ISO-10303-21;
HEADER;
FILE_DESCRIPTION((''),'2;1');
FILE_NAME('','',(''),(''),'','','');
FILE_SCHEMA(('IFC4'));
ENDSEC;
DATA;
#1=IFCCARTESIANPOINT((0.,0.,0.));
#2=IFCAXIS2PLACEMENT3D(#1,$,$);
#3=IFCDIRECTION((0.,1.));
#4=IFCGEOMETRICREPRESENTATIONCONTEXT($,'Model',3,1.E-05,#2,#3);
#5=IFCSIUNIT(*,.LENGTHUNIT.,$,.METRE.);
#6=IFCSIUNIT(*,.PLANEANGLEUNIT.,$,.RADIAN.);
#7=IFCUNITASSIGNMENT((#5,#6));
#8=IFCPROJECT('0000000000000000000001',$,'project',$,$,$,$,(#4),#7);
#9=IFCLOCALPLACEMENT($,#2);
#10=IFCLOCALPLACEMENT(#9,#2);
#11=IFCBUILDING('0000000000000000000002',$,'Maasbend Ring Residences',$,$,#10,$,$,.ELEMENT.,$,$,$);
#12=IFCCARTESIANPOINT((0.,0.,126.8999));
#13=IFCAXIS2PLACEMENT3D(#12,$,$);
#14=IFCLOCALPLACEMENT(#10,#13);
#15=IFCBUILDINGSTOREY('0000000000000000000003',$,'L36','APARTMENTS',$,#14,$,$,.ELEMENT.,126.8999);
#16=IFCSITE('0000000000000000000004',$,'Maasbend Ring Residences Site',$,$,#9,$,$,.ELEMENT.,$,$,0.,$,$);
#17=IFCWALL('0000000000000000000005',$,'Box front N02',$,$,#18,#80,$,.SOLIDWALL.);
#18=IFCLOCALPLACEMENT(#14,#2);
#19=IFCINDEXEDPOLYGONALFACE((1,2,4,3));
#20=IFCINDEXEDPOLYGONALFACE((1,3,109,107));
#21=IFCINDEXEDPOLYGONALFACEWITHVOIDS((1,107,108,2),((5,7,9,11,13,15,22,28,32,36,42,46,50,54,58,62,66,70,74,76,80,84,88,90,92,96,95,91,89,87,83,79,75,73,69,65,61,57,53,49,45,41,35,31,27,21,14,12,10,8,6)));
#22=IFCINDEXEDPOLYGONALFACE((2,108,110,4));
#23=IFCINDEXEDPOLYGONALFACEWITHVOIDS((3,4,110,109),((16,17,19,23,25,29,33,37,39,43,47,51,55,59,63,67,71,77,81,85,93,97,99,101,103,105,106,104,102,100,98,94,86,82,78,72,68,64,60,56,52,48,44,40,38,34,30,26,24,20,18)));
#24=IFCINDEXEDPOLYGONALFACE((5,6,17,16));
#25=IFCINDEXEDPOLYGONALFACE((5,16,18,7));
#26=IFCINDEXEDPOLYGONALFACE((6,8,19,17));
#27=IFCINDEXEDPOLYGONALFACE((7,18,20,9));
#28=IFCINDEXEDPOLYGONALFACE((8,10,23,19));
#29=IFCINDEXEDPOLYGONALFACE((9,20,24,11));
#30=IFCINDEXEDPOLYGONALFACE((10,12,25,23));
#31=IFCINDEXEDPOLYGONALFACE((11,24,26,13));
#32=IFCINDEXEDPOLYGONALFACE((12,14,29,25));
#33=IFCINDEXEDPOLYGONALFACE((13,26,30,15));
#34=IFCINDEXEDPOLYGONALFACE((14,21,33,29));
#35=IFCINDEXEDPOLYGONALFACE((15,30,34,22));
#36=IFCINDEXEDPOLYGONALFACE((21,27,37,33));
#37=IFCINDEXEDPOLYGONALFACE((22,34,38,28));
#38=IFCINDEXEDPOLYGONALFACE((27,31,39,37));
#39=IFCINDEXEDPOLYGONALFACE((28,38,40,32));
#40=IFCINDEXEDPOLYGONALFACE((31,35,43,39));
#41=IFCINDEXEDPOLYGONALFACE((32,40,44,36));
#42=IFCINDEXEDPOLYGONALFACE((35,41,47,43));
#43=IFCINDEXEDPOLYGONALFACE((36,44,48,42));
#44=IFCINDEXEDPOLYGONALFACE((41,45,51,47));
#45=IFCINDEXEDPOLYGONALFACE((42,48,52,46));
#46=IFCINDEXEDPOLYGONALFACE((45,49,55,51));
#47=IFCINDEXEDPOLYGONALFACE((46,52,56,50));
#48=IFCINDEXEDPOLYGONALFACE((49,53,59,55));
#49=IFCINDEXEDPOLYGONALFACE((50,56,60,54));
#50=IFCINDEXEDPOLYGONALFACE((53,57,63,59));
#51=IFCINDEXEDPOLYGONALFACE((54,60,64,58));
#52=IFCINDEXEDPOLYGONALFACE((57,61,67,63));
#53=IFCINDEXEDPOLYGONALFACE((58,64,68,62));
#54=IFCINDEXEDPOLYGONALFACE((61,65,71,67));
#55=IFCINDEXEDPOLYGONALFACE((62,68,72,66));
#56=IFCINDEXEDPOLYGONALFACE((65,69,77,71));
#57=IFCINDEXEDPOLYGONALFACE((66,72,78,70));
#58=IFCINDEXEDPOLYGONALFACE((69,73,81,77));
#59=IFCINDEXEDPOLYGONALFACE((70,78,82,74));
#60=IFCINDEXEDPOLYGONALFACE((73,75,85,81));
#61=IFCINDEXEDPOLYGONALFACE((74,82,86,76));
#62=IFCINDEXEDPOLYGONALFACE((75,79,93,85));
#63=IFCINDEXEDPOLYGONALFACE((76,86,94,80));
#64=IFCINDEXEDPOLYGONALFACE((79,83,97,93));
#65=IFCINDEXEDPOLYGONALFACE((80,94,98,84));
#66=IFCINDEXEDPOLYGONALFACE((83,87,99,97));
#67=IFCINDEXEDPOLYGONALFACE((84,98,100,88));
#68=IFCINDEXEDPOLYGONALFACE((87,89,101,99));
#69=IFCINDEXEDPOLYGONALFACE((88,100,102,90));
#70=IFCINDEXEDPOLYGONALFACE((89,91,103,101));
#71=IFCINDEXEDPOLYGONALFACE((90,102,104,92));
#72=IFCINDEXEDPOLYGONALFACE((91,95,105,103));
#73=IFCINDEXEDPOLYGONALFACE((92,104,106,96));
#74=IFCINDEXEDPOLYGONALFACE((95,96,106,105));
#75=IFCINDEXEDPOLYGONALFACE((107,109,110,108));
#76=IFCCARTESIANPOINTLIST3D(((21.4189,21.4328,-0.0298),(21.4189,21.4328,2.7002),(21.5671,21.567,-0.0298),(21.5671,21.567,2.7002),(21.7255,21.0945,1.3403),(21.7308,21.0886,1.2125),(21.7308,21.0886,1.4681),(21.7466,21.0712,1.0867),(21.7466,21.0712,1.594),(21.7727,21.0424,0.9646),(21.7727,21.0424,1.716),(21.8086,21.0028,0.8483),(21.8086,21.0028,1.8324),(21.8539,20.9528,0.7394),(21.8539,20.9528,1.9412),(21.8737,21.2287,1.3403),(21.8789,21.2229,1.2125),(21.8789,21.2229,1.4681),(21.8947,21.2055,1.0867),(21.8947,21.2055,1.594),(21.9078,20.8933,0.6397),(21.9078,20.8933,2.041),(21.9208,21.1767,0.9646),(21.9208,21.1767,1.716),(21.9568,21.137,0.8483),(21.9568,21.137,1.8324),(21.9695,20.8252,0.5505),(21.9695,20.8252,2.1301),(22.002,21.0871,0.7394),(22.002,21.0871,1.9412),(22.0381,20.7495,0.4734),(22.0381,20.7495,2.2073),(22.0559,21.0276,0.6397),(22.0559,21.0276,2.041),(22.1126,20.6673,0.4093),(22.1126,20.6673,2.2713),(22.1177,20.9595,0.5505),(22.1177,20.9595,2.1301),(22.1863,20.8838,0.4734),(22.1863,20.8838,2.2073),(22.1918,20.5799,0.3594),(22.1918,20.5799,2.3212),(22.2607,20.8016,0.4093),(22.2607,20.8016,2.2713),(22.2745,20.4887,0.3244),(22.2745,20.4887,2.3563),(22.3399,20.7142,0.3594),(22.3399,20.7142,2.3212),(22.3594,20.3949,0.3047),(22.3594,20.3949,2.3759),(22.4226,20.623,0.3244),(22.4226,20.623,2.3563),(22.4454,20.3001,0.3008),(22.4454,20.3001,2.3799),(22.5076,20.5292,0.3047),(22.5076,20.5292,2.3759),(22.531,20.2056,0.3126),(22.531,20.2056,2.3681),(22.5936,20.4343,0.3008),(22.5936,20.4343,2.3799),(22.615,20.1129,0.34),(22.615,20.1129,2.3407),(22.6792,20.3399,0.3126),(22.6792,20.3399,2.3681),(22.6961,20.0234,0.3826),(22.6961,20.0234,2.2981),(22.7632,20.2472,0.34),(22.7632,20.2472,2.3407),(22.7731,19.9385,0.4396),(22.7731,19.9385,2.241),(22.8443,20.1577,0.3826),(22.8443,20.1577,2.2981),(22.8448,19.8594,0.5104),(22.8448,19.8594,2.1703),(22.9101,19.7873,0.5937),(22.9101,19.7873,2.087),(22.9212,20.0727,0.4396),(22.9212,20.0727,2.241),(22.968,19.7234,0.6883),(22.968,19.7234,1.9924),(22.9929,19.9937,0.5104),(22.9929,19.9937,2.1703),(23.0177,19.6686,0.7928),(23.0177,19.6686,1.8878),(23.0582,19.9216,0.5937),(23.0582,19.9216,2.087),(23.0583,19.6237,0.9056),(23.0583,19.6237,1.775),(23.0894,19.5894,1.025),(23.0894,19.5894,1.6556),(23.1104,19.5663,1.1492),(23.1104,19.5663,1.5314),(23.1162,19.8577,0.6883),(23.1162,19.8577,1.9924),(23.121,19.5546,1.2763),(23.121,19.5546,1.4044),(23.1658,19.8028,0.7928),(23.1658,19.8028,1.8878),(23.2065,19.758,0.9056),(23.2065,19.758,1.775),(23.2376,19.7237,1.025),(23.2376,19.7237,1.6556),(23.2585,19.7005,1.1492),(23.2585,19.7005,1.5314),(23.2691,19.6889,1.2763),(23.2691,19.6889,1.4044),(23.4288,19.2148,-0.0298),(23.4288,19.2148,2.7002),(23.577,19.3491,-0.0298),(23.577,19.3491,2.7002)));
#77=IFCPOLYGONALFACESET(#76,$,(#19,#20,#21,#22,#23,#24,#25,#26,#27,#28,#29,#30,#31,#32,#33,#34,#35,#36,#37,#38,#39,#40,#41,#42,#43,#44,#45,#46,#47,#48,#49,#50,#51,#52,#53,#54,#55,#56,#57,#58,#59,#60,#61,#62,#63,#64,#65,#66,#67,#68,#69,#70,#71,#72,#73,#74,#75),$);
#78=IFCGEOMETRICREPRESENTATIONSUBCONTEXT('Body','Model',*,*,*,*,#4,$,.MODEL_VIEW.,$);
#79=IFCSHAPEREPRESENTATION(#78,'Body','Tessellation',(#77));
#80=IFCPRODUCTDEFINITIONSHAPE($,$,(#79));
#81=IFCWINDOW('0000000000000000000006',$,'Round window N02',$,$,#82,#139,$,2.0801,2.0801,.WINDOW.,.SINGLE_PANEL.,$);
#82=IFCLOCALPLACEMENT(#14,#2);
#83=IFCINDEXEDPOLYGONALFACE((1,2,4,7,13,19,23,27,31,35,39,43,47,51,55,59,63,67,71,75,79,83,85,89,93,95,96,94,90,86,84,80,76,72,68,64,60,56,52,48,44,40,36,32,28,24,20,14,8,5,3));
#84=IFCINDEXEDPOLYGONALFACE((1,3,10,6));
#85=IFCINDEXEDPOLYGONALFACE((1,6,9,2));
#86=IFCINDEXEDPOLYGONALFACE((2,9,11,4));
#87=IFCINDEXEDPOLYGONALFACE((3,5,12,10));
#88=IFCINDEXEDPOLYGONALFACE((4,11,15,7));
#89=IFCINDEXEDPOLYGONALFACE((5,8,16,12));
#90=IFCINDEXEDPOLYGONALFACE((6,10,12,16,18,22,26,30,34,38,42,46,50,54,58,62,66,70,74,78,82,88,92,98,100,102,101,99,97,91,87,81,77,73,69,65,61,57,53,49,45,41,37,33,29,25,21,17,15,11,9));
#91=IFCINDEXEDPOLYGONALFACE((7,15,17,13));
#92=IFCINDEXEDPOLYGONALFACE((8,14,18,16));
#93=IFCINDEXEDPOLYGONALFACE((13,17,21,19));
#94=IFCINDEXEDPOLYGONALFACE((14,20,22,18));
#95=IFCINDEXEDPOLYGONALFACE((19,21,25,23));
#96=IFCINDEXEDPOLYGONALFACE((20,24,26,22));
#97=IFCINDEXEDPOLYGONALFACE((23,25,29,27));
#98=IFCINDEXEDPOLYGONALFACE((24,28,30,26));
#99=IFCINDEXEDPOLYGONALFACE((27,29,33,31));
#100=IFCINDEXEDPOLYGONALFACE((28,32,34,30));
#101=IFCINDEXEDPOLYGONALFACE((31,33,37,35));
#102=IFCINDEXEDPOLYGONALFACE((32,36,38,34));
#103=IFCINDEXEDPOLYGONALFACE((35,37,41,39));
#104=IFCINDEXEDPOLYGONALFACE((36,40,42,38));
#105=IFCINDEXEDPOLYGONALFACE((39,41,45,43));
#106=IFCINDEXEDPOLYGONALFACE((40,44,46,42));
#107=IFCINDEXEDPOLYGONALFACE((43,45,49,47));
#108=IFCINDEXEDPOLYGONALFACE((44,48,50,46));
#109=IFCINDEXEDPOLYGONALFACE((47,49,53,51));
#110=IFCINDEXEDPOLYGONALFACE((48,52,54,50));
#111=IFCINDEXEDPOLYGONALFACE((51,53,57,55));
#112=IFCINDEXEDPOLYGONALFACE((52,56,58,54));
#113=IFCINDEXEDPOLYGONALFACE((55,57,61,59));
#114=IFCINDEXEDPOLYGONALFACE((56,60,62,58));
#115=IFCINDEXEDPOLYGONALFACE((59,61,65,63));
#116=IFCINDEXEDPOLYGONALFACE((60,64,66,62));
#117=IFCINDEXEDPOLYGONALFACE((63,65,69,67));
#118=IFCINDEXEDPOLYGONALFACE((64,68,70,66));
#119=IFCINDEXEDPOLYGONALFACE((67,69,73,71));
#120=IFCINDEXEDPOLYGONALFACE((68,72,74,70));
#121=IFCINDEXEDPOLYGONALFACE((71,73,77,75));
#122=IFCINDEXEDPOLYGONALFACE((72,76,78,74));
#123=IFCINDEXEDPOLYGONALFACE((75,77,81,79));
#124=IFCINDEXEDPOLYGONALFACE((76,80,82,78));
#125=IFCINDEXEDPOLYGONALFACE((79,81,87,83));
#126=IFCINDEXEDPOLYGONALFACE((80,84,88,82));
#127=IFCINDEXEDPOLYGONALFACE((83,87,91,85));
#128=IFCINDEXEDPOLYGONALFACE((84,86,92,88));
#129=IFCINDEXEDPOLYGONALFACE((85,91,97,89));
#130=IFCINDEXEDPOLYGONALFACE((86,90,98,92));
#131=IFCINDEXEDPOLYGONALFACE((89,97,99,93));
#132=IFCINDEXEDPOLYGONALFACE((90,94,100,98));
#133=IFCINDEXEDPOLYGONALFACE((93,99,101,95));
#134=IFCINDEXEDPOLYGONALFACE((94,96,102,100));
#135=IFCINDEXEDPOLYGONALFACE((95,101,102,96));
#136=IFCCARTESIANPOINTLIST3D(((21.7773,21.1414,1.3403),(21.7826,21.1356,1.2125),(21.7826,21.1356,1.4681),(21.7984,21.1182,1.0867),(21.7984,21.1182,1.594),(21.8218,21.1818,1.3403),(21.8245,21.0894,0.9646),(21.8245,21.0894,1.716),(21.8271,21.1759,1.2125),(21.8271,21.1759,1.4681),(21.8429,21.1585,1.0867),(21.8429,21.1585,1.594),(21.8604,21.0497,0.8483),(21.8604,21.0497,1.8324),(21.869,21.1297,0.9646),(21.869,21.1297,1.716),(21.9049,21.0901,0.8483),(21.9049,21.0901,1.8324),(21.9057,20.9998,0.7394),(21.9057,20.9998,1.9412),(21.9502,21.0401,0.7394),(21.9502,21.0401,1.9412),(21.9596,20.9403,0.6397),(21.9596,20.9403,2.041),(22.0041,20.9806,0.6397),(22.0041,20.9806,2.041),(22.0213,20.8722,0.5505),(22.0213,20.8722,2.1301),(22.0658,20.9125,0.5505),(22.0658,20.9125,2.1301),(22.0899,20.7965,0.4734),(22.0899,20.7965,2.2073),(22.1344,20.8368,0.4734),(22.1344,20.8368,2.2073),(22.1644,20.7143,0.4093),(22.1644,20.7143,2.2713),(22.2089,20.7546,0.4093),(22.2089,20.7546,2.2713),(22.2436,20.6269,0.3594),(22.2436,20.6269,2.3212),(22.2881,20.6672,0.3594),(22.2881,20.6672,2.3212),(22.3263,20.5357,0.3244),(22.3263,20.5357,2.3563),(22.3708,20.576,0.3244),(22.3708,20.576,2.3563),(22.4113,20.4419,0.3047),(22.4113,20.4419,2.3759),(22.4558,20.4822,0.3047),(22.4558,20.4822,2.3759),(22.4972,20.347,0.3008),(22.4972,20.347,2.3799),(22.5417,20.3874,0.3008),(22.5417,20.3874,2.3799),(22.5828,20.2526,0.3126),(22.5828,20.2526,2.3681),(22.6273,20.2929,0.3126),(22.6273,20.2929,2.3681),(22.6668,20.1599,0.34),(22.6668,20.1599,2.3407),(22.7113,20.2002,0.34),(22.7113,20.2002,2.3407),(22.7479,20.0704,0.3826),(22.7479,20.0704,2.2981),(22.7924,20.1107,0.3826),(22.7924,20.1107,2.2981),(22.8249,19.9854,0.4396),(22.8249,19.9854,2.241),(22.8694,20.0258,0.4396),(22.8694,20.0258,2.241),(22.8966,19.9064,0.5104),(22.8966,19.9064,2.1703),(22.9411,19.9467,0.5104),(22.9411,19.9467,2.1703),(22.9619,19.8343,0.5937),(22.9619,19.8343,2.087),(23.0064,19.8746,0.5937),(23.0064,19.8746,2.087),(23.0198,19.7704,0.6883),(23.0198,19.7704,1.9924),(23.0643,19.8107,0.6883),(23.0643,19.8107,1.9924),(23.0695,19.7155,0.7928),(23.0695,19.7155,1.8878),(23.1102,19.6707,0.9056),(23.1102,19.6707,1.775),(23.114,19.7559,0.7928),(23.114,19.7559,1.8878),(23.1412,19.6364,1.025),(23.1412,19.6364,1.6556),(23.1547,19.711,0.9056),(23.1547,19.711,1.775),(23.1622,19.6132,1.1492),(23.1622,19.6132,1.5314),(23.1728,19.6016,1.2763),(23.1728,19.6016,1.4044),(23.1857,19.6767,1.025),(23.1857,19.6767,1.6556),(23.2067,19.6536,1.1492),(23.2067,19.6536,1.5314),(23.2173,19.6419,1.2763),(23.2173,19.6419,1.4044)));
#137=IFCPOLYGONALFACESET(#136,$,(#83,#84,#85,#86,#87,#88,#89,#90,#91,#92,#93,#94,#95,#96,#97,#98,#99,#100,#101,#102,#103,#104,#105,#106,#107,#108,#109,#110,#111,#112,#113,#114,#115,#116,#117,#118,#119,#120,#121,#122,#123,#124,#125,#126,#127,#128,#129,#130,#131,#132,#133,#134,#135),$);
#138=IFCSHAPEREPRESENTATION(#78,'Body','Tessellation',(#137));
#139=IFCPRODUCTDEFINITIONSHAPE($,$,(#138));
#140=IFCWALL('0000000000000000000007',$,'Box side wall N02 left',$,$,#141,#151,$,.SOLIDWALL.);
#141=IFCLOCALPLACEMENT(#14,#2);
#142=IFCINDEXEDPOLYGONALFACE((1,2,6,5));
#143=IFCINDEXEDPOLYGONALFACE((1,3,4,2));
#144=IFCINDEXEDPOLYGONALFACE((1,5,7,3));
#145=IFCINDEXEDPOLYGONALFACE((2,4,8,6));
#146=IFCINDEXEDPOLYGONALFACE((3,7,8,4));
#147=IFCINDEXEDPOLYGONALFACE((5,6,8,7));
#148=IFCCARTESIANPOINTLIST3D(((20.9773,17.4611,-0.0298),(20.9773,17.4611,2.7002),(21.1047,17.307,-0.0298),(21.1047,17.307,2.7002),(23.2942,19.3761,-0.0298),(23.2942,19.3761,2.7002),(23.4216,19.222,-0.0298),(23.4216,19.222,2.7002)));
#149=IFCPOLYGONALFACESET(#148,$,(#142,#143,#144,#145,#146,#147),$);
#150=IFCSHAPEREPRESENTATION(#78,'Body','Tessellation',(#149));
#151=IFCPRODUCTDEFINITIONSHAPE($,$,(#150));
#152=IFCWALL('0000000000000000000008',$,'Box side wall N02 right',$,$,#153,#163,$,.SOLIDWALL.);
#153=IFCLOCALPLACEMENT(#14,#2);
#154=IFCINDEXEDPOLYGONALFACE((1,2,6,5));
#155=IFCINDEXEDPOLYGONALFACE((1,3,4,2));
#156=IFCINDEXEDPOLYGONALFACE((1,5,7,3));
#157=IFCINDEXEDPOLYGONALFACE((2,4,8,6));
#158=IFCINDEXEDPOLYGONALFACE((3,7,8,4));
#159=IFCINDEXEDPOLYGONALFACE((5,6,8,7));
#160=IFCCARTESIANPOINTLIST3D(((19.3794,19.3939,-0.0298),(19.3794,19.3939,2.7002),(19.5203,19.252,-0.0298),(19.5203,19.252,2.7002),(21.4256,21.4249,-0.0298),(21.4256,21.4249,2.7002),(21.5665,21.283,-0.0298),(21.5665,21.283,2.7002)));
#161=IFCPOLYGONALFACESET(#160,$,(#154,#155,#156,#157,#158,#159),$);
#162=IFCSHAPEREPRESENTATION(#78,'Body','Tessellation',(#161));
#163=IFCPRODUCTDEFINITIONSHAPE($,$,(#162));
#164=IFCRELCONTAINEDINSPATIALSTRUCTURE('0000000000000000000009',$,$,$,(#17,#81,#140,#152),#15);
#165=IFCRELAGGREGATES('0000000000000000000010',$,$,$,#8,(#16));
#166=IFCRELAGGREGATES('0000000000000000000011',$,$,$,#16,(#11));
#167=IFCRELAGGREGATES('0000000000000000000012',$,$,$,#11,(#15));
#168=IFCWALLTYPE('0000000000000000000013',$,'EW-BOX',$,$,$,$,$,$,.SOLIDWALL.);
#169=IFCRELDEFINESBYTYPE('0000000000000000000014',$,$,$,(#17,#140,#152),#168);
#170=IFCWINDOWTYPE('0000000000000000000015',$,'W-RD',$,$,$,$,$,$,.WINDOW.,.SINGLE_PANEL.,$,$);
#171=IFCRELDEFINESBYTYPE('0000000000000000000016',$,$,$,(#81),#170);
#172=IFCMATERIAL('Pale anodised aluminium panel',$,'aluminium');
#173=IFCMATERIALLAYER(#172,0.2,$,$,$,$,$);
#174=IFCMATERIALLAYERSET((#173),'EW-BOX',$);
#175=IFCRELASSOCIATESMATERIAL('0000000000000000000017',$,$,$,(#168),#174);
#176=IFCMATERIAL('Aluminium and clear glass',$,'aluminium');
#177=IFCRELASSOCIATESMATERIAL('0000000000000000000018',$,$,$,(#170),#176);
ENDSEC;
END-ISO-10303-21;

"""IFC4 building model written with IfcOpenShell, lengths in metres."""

from ifc_helpers import new_model, si_unit, direction, frame, frame_2d, origin, place, context, subcontext, project, spatial, rectangle, circle, extrude, material, layer, layer_set, type_object, element, fill, save


model = new_model("IFC4")

# Units and contexts
model_context = context("Model", 3, precision=1e-05, world=origin(), true_north=direction((0.0, 1.0)))
body_context = subcontext(model_context, "Body", "Model", "MODEL_VIEW")
ifc_project = project(units=[si_unit("LENGTHUNIT", "METRE"), si_unit("PLANEANGLEUNIT", "RADIAN")], contexts=[model_context])

# Site, building, storey
site_placement = place(None, origin())
site = spatial("IfcSite", under=ifc_project, at=site_placement, Name="Maasbend Ring Residences Site", CompositionType="ELEMENT", RefElevation=0.0)
building_placement = place(site_placement, origin())
building = spatial("IfcBuilding", under=site, at=building_placement, Name="Maasbend Ring Residences", CompositionType="ELEMENT")
storey_placement = place(building_placement, frame((0.0, 0.0, 126.8999)))
storey = spatial("IfcBuildingStorey", under=building, at=storey_placement, Name="L36", Description="APARTMENTS", CompositionType="ELEMENT", Elevation=126.8999)

# Wall, opening, window
ifc_material_1 = material(Name="Pale anodised aluminium panel", Category="aluminium")
ifc_layer_1 = layer(ifc_material_1, 0.2)
ifc_layer_set_1 = layer_set([ifc_layer_1], Name="EW-BOX")
wall_type_1 = type_object("IfcWallType", Name="EW-BOX", PredefinedType="SOLIDWALL", material=ifc_layer_set_1)
wall_1_placement = place(storey_placement, frame((23.5029, 19.282, -0.0298), z_axis=(0.0, 0.0, 1.0), x_axis=(-0.671507, 0.740998, 0.0)))
wall_1 = element("IfcWall", 1, at=wall_1_placement, inside=storey, type_object=wall_type_1, Name="Box front N02", PredefinedType="SOLIDWALL", context=body_context, shape_type="SweptSolid", body=[
    extrude(rectangle(XDim=2.9932, YDim=0.2, at=frame_2d((1.4966, 0.0))), origin(), (0.0, 0.0, 1.0), 2.73),
])
opening_1_placement = place(wall_1_placement, frame((0.4565, 0.0, 0.3301)))
opening_1 = element("IfcOpeningElement", 2, at=opening_1_placement, cuts=wall_1, PredefinedType="OPENING", context=body_context, shape_type="SweptSolid", body=[
    extrude(circle(Radius=1.04, at=frame_2d((1.04, 1.04))), frame((0.0, 0.1099, 0.0), z_axis=(0.0, -1.0, 0.0), x_axis=(1.0, 0.0, 0.0)), (0.0, 0.0, 1.0), 0.22),
])
ifc_material_2 = material(Name="Aluminium and clear glass", Category="aluminium")
window_type_1 = type_object("IfcWindowType", Name="W-RD", PartitioningType="SINGLE_PANEL", PredefinedType="WINDOW", material=ifc_material_2)
window_1_placement = place(opening_1_placement, origin())
window_1 = element("IfcWindow", 3, at=window_1_placement, inside=storey, type_object=window_type_1, Name="Round window N02", OverallHeight=2.0801, OverallWidth=2.0801, PartitioningType="SINGLE_PANEL", PredefinedType="WINDOW", context=body_context, shape_type="SweptSolid", body=[
    extrude(circle(Radius=1.04, at=frame_2d((1.04, 1.04))), frame((0.0, 0.03, 0.0), z_axis=(0.0, -1.0, 0.0), x_axis=(1.0, 0.0, 0.0)), (0.0, 0.0, 1.0), 0.0601),
])
fill(opening_1, window_1)

# Walls
wall_2_placement = place(storey_placement, frame((21.041, 17.384, -0.0298), z_axis=(0.0, 0.0, 1.0), x_axis=(0.770785, 0.637096, 0.0)))
element("IfcWall", 4, at=wall_2_placement, inside=storey, type_object=wall_type_1, Name="Box side wall N02 left", PredefinedType="SOLIDWALL", context=body_context, shape_type="SweptSolid", body=[
    extrude(rectangle(XDim=3.0059, YDim=0.2, at=frame_2d((1.5029, 0.0))), origin(), (0.0, 0.0, 1.0), 2.73),
])
wall_3_placement = place(storey_placement, frame((19.45, 19.323, -0.0298), z_axis=(0.0, 0.0, 1.0), x_axis=(0.709727, 0.704477, 0.0)))
element("IfcWall", 5, at=wall_3_placement, inside=storey, type_object=wall_type_1, Name="Box side wall N02 right", PredefinedType="SOLIDWALL", context=body_context, shape_type="SweptSolid", body=[
    extrude(rectangle(XDim=2.8831, YDim=0.2, at=frame_2d((1.4414, 0.0))), origin(), (0.0, 0.0, 1.0), 2.73),
])

save(model, "model.ifc")
